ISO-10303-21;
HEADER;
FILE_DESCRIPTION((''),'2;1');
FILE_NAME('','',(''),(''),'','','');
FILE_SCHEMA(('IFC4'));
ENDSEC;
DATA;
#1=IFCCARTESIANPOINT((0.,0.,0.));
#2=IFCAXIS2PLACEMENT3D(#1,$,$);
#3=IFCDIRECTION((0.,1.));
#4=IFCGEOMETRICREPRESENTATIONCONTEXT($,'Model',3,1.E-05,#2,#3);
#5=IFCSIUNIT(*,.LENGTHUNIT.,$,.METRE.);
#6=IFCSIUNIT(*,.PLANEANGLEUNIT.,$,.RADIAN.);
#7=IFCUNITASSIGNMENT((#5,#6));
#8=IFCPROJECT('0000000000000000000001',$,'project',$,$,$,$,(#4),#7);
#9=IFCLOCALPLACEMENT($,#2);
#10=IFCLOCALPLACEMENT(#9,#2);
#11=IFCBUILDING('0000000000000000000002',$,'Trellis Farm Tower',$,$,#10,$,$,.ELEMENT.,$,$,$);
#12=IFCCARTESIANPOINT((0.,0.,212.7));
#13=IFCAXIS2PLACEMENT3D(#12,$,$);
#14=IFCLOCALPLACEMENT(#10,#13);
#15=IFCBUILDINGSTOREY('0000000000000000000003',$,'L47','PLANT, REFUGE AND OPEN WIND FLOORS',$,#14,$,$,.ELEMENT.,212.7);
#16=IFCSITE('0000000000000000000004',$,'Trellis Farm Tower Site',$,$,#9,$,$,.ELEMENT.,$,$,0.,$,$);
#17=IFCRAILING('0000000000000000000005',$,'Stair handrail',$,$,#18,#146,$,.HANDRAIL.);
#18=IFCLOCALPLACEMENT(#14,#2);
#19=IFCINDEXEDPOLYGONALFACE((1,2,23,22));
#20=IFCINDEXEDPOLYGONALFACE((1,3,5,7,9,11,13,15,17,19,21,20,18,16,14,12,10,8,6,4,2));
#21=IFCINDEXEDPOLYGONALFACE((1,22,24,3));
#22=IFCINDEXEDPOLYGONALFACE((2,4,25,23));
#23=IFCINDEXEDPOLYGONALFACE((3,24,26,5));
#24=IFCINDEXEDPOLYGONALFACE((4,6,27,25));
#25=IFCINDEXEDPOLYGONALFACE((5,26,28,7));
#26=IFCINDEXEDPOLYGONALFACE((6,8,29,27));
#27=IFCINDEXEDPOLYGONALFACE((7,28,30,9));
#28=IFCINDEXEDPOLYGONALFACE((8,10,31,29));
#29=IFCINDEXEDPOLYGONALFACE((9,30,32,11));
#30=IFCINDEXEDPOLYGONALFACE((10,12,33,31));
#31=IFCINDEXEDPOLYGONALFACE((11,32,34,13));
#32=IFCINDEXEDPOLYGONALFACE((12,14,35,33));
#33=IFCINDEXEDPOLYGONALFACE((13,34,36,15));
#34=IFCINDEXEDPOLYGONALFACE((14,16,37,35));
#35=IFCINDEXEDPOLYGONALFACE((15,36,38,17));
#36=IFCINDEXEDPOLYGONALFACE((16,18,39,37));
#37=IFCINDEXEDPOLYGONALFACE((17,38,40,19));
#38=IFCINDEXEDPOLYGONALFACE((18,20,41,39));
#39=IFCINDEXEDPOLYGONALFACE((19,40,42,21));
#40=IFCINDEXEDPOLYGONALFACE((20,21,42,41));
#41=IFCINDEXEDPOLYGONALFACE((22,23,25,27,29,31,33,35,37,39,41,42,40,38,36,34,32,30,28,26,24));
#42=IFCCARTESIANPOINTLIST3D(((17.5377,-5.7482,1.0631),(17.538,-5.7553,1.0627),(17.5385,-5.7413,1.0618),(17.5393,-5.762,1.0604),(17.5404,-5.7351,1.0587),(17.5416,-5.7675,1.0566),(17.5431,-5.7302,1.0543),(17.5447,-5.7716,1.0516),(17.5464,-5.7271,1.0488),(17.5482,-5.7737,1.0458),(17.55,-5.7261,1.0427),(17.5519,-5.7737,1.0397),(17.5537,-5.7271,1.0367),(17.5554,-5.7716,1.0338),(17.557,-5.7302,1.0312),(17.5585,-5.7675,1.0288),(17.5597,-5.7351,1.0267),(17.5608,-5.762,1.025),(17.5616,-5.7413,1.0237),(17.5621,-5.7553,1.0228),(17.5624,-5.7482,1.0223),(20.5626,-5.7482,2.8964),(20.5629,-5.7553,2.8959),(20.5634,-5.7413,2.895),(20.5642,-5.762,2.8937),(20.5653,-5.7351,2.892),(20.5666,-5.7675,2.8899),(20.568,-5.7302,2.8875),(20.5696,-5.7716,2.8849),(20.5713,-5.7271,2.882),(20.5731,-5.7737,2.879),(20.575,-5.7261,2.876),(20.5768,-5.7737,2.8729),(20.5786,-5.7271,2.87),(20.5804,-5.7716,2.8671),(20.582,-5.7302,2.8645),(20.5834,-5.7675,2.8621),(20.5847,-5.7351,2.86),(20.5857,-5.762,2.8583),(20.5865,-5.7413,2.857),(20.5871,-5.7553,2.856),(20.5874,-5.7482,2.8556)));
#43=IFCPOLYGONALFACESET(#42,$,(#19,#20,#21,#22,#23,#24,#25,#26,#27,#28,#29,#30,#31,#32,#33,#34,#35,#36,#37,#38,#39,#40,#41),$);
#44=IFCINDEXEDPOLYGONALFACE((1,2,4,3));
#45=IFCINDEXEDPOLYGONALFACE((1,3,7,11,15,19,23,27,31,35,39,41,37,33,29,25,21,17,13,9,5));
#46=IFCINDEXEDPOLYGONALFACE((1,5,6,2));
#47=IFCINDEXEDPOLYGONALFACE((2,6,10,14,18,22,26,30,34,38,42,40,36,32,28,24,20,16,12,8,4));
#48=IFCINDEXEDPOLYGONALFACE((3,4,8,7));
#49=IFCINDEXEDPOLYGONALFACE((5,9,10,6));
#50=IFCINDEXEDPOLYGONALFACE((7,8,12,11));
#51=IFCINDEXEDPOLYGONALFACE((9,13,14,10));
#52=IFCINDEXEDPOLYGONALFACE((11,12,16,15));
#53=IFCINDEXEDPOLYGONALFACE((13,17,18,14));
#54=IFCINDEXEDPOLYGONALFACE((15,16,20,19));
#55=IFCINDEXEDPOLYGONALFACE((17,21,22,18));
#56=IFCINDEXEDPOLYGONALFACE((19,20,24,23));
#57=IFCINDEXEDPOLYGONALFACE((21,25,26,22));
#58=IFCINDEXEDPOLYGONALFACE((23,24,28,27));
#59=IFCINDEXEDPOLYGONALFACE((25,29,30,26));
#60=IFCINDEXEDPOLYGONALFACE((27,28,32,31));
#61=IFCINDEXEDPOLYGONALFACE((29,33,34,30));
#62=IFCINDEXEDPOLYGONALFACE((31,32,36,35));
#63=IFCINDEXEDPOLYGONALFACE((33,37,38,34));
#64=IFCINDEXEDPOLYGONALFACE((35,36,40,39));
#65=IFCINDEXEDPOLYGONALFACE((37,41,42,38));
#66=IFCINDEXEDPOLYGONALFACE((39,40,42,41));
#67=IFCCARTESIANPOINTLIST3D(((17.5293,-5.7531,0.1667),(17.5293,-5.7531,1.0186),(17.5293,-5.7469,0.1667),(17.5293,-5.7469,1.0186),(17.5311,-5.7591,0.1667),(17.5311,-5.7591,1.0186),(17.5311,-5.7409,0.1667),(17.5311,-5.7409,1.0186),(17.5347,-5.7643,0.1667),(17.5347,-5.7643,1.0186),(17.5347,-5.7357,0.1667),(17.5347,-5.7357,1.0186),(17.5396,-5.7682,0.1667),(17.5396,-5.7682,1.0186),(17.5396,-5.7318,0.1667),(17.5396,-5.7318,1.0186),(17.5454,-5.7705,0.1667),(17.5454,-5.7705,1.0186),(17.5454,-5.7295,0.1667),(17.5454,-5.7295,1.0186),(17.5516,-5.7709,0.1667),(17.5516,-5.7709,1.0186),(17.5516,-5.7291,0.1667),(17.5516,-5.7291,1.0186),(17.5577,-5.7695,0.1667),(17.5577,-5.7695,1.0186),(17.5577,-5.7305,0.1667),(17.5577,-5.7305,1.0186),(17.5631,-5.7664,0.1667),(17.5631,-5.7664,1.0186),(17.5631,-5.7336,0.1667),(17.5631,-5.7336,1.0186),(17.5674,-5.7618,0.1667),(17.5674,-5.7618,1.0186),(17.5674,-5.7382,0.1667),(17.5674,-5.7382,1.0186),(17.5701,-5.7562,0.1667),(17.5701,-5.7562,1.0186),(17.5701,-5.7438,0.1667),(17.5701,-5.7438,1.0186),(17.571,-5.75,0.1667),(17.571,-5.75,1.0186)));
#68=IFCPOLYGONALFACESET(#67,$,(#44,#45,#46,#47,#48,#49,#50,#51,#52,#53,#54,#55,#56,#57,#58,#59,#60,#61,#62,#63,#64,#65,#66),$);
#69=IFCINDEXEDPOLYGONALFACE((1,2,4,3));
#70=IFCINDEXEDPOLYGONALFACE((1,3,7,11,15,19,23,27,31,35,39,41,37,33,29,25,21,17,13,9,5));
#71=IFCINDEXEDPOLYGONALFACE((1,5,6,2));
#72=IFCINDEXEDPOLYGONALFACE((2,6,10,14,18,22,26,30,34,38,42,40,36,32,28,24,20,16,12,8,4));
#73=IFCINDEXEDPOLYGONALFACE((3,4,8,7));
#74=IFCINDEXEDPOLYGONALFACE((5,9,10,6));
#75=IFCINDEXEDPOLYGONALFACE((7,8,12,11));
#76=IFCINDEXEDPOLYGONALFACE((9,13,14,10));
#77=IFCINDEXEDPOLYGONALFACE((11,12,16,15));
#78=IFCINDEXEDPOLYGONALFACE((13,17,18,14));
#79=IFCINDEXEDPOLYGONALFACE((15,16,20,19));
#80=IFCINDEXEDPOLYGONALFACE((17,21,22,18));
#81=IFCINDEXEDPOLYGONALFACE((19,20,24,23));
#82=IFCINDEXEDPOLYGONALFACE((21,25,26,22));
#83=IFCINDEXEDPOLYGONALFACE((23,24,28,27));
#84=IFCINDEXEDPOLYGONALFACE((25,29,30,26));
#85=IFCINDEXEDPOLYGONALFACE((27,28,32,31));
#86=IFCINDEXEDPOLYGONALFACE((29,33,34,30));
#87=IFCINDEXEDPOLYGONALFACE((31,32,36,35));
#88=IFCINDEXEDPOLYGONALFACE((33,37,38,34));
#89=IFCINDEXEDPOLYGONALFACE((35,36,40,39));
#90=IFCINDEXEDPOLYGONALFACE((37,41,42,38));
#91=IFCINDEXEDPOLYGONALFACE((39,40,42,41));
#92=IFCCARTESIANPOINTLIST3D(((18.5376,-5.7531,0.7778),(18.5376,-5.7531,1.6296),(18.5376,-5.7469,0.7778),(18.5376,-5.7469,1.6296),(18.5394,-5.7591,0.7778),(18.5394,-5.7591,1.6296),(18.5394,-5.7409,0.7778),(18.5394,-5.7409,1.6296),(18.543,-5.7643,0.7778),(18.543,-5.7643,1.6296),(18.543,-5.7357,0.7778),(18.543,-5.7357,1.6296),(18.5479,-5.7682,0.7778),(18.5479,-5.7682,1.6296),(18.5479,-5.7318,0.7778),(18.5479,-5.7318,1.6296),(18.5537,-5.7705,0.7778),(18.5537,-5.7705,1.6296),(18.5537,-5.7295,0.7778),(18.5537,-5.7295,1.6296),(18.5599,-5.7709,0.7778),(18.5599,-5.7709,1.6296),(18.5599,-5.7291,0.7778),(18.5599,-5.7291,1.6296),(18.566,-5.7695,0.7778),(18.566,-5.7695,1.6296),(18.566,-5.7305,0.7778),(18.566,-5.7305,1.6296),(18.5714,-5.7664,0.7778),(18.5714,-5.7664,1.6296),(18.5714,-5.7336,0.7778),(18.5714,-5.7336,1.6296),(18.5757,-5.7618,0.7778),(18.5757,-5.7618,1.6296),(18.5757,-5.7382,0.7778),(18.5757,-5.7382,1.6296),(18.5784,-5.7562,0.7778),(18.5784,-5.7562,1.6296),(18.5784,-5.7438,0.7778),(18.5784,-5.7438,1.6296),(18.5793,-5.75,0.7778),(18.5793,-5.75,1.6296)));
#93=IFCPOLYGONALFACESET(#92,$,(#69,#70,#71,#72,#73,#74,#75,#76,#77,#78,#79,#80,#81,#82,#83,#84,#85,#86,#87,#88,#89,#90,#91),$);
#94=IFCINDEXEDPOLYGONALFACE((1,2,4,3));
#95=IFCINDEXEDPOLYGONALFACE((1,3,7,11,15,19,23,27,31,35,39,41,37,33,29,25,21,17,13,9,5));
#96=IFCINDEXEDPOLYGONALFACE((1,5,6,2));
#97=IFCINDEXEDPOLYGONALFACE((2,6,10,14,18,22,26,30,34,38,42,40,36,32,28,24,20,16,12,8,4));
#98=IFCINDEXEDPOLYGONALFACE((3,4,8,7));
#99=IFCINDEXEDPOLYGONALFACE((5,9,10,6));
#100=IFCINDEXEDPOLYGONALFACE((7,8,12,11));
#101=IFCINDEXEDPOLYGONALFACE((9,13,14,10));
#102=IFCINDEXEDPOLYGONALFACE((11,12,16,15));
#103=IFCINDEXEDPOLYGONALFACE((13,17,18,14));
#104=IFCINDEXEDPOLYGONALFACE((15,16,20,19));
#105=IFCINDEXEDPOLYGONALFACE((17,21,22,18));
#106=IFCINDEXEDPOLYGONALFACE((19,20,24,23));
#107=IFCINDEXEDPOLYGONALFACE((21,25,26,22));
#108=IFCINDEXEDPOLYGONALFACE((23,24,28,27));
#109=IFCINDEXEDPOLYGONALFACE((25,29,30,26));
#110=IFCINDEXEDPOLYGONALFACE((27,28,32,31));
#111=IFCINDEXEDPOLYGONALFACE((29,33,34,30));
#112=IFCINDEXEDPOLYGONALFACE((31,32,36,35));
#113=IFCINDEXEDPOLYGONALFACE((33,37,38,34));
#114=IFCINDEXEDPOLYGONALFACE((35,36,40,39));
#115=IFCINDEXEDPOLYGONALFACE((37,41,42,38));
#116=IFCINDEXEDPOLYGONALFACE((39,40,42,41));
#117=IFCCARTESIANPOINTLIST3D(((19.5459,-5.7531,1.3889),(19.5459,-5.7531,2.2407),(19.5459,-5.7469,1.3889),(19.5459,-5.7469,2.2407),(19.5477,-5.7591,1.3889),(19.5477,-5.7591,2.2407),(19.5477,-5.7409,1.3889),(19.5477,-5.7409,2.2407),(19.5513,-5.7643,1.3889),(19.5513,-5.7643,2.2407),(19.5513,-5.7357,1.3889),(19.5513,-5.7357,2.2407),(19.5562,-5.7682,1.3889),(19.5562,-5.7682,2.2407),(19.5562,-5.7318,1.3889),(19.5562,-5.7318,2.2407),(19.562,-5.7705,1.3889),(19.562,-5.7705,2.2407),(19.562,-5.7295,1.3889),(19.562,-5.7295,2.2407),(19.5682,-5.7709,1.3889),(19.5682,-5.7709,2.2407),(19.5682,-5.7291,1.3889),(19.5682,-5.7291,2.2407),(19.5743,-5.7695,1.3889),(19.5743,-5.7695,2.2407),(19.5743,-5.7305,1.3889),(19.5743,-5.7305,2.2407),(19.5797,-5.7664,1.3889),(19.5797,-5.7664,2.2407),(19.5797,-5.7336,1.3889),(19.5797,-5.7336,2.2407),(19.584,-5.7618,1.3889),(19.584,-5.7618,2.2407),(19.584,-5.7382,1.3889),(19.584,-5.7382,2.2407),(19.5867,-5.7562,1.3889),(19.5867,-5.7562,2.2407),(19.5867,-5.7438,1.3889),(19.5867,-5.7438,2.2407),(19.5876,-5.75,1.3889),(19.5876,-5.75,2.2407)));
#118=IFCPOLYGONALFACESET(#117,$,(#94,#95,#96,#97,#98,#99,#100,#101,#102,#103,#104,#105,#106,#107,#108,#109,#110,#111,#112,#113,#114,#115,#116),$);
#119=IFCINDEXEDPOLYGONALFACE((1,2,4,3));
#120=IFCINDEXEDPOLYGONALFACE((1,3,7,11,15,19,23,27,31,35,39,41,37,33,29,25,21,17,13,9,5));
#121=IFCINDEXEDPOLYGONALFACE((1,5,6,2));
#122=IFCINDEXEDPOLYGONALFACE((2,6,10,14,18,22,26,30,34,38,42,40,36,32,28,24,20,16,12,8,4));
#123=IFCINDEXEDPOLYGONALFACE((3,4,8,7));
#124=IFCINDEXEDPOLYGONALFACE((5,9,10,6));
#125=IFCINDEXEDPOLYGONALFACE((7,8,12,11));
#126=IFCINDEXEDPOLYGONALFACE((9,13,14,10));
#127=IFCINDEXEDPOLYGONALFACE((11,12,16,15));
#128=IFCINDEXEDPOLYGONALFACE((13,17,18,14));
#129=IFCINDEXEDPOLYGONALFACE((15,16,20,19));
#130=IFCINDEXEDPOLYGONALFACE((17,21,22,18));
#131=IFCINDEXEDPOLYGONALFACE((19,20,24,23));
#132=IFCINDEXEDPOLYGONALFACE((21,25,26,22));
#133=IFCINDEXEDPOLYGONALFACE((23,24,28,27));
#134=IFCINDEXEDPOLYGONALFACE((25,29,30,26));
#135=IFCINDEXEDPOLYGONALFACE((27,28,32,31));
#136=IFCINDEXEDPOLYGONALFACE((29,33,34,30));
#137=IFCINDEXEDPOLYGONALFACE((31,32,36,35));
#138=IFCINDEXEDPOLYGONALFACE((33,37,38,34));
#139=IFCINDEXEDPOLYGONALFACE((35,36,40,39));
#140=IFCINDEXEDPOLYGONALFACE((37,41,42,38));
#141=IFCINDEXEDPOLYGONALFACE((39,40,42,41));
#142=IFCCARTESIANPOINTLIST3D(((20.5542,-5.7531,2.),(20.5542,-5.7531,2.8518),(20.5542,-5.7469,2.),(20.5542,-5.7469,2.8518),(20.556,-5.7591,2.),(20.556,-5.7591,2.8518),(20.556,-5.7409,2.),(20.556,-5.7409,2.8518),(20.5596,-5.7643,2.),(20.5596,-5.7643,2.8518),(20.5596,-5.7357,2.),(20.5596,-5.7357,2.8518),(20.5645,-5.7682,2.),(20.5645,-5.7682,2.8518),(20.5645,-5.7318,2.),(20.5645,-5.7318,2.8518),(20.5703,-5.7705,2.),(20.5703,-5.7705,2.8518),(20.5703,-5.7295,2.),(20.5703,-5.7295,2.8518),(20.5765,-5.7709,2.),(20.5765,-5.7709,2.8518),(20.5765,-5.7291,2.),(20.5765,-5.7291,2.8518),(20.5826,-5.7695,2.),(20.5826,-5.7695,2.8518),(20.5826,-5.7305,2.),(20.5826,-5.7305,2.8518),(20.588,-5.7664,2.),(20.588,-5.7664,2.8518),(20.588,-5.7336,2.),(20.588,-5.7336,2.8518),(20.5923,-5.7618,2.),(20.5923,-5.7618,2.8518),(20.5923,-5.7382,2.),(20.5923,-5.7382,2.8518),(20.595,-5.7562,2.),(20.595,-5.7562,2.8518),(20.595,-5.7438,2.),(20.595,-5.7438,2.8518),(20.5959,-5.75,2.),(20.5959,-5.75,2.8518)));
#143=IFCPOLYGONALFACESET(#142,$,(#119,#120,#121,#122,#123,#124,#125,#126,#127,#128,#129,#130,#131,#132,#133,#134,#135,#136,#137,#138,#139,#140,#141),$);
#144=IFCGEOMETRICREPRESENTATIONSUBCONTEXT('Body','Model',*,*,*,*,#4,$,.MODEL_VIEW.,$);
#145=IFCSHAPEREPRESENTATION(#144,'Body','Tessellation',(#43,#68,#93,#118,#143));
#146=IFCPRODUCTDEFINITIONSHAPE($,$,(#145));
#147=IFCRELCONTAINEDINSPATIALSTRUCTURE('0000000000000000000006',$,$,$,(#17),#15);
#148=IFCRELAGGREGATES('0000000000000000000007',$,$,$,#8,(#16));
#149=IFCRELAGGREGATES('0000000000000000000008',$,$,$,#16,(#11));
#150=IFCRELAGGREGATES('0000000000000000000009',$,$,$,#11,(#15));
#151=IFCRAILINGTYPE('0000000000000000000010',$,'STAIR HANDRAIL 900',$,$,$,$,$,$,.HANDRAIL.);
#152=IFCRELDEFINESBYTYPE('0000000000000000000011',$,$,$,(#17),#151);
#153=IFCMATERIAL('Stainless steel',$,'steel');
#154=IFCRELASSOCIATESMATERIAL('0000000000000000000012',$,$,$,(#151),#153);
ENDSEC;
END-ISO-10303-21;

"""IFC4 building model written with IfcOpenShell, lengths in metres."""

from ifc_helpers import new_model, si_unit, direction, frame, origin, origin_2d, place, context, subcontext, project, spatial, circle, extrude, source, transform, mapped, material, type_object, element, save


model = new_model("IFC4")

# Units and contexts
model_context = context("Model", 3, precision=1e-05, world=origin(), true_north=direction((0.0, 1.0)))
body_context = subcontext(model_context, "Body", "Model", "MODEL_VIEW")
ifc_project = project(units=[si_unit("LENGTHUNIT", "METRE"), si_unit("PLANEANGLEUNIT", "RADIAN")], contexts=[model_context])

# Site, building, storey
site_placement = place(None, origin())
site = spatial("IfcSite", under=ifc_project, at=site_placement, Name="Trellis Farm Tower Site", CompositionType="ELEMENT", RefElevation=0.0)
building_placement = place(site_placement, origin())
building = spatial("IfcBuilding", under=site, at=building_placement, Name="Trellis Farm Tower", CompositionType="ELEMENT")
storey_placement = place(building_placement, frame((0.0, 0.0, 212.7)))
storey = spatial("IfcBuildingStorey", under=building, at=storey_placement, Name="L47", Description="PLANT, REFUGE AND OPEN WIND FLOORS", CompositionType="ELEMENT", Elevation=212.7)

# Railing
ifc_material_1 = material(Name="Stainless steel", Category="steel")
railing_type = type_object("IfcRailingType", Name="STAIR HANDRAIL 900", PredefinedType="HANDRAIL", material=ifc_material_1)
shared_shape_1 = source(origin(), body_context, "Body", "SweptSolid", [
    extrude(circle(Radius=0.0239, at=origin_2d()), frame((0.0, 0.0, 0.876), z_axis=(0.855201, 0.0, 0.518297), x_axis=(0.0, 1.0, 0.0)), (0.0, 0.0, 1.0), 3.5371),
    extrude(circle(Radius=0.021, at=origin_2d()), origin(), (0.0, 0.0, 1.0), 0.8518),
    extrude(circle(Radius=0.021, at=origin_2d()), frame((1.0083, 0.0, 0.6111)), (0.0, 0.0, 1.0), 0.8518),
    extrude(circle(Radius=0.021, at=origin_2d()), frame((2.0166, 0.0, 1.2222)), (0.0, 0.0, 1.0), 0.8518),
    extrude(circle(Radius=0.021, at=origin_2d()), frame((3.0249, 0.0, 1.8333)), (0.0, 0.0, 1.0), 0.8518),
])
for number, where, name in (
    (1, (17.55, -5.75, 0.1667), "Stair handrail"),
):
    element("IfcRailing", number, at=place(storey_placement, frame(where)), inside=storey, type_object=railing_type, Name=name, PredefinedType="HANDRAIL", context=body_context, shape_type="MappedRepresentation", body=[
        mapped(shared_shape_1, transform((0.0, 0.0, 0.0))),
    ])

save(model, "model.ifc")
